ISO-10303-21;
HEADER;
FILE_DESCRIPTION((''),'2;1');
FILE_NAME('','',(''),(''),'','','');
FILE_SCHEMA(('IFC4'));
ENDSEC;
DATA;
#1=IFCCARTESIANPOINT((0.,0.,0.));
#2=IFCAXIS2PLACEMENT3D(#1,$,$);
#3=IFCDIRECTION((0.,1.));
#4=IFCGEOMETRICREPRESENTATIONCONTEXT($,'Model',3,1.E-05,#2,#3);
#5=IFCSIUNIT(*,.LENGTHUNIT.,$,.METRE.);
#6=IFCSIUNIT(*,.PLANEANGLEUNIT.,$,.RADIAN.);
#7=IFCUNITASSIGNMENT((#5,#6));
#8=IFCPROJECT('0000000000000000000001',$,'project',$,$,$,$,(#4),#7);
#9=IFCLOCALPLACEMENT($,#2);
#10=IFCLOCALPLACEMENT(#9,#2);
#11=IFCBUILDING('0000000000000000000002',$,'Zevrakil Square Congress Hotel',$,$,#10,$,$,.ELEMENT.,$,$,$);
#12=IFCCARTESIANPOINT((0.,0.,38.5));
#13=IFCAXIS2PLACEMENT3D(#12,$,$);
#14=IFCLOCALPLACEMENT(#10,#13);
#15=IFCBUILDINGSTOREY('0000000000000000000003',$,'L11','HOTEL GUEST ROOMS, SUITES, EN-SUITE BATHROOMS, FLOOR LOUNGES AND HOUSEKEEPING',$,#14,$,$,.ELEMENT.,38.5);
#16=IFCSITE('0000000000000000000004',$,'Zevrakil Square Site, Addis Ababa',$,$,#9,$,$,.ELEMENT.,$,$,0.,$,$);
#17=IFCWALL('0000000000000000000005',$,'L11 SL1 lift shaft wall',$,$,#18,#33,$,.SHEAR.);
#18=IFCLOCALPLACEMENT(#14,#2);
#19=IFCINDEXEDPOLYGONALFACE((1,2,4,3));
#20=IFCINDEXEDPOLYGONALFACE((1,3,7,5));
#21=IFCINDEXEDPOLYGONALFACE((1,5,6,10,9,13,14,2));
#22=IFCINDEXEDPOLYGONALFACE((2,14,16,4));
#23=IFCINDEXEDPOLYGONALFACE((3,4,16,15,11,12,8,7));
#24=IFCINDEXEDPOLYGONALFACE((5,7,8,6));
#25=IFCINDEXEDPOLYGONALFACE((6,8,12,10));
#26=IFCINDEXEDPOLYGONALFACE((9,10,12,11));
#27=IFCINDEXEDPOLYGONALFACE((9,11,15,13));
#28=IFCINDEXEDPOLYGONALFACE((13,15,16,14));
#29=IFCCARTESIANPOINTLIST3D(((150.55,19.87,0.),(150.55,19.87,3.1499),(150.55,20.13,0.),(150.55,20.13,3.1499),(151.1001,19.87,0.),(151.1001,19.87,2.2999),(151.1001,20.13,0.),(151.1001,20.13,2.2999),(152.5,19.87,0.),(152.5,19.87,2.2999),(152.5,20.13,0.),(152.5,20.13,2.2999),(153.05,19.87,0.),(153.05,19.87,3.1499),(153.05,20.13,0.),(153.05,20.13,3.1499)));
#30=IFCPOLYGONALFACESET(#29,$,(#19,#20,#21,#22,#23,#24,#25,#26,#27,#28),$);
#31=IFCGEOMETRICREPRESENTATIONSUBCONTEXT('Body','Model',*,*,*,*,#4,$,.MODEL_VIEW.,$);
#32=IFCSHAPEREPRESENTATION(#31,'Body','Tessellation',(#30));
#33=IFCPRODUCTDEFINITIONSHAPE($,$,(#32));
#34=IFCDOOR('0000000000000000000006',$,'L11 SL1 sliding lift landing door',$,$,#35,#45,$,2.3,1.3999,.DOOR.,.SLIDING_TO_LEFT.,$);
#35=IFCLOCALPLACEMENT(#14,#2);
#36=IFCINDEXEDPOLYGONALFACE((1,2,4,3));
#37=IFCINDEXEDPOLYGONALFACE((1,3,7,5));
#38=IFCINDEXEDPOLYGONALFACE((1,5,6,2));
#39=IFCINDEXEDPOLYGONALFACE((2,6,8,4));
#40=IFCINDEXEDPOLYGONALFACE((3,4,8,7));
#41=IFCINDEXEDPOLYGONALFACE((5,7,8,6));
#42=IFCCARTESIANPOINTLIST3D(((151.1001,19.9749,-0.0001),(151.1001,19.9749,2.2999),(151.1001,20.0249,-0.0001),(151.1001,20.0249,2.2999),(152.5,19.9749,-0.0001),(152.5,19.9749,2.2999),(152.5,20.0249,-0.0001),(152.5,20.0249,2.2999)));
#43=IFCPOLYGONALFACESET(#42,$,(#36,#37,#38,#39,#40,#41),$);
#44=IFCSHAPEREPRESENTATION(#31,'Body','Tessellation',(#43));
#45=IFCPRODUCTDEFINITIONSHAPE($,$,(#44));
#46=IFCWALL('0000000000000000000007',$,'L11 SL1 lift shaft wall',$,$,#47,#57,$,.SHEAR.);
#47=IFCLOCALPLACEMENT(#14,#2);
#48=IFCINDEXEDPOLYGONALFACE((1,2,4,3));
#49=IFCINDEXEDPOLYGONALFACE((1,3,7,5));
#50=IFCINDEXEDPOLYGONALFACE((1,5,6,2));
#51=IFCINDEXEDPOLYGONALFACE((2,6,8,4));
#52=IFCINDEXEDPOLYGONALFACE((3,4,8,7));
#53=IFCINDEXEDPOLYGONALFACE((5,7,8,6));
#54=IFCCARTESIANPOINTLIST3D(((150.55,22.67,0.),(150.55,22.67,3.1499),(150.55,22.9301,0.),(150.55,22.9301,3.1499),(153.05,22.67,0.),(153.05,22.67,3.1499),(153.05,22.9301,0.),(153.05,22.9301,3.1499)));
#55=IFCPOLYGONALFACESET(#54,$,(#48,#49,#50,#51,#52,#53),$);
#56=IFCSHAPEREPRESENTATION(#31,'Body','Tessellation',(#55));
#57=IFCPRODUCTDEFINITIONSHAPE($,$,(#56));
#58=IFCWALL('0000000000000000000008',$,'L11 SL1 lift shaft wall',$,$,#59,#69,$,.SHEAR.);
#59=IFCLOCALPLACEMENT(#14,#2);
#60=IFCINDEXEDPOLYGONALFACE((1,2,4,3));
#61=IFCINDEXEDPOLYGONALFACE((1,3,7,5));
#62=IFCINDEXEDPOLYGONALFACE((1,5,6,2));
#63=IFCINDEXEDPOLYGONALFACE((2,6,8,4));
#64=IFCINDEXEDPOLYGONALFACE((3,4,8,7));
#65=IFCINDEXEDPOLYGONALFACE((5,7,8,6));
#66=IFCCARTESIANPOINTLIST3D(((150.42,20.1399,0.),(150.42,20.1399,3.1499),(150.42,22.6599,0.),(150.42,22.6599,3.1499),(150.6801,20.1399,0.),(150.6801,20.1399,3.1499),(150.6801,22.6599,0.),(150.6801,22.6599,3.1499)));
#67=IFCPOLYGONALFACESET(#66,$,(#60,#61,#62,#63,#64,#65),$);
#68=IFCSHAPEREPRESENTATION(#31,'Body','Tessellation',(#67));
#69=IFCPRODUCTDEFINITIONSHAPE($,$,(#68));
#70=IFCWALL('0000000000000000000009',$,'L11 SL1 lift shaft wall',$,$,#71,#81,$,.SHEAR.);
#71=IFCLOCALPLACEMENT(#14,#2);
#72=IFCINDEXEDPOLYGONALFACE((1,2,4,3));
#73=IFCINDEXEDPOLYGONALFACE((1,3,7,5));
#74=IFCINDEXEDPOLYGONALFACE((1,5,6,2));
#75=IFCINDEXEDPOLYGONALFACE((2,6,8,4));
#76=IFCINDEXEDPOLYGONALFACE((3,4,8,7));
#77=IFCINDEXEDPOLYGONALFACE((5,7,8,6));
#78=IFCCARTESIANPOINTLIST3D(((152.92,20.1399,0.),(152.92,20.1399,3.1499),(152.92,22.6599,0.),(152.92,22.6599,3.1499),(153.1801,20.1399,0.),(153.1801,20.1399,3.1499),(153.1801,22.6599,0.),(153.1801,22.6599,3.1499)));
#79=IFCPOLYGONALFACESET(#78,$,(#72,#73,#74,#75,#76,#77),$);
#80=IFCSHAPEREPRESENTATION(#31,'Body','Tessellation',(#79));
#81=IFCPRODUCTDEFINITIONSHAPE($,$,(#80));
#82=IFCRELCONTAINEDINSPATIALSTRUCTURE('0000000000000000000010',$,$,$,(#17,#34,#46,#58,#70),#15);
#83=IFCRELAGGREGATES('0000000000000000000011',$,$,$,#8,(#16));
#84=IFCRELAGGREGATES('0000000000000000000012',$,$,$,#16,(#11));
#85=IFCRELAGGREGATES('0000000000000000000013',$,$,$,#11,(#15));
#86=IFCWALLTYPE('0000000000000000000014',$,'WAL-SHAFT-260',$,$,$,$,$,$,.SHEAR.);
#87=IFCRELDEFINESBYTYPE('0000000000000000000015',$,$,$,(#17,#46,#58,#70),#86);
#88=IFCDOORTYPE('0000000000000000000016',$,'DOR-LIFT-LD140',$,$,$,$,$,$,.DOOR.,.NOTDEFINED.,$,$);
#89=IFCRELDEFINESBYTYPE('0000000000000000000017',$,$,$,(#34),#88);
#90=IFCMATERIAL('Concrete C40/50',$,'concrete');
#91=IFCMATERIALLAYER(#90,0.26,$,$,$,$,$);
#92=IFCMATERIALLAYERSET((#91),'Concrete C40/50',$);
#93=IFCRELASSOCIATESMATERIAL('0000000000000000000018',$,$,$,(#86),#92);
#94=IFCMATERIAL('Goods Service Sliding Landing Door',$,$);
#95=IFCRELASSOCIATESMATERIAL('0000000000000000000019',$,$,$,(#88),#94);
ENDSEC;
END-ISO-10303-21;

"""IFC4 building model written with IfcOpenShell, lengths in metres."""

from ifc_helpers import new_model, si_unit, direction, frame, frame_2d, origin, place, context, subcontext, project, spatial, rectangle, extrude, material, layer, layer_set, type_object, element, fill, save


model = new_model("IFC4")

# Units and contexts
model_context = context("Model", 3, precision=1e-05, world=origin(), true_north=direction((0.0, 1.0)))
body_context = subcontext(model_context, "Body", "Model", "MODEL_VIEW")
ifc_project = project(units=[si_unit("LENGTHUNIT", "METRE"), si_unit("PLANEANGLEUNIT", "RADIAN")], contexts=[model_context])

# Site, building, storey
site_placement = place(None, origin())
site = spatial("IfcSite", under=ifc_project, at=site_placement, Name="Zevrakil Square Site, Addis Ababa", CompositionType="ELEMENT", RefElevation=0.0)
building_placement = place(site_placement, origin())
building = spatial("IfcBuilding", under=site, at=building_placement, Name="Zevrakil Square Congress Hotel", CompositionType="ELEMENT")
storey_placement = place(building_placement, frame((0.0, 0.0, 38.5)))
storey = spatial("IfcBuildingStorey", under=building, at=storey_placement, Name="L11", Description="HOTEL GUEST ROOMS, SUITES, EN-SUITE BATHROOMS, FLOOR LOUNGES AND HOUSEKEEPING", CompositionType="ELEMENT", Elevation=38.5)

# Shared definitions
ifc_material_1 = material(Name="Concrete C40/50", Category="concrete")
ifc_layer_1 = layer(ifc_material_1, 0.26)
ifc_layer_set_1 = layer_set([ifc_layer_1], Name="Concrete C40/50")
wall_type_1 = type_object("IfcWallType", Name="WAL-SHAFT-260", PredefinedType="SHEAR", material=ifc_layer_set_1)

# Wall, opening, door
wall_1_placement = place(storey_placement, frame((150.55, 20.0, 0.0), z_axis=(0.0, 0.0, 1.0), x_axis=(1.0, 0.0, 0.0)))
wall_1 = element("IfcWall", 1, at=wall_1_placement, inside=storey, type_object=wall_type_1, Name="L11 SL1 lift shaft wall", PredefinedType="SHEAR", context=body_context, shape_type="SweptSolid", body=[
    extrude(rectangle(XDim=2.5, YDim=0.26, at=frame_2d((1.25, 0.0))), origin(), (0.0, 0.0, 1.0), 3.1499),
])
opening_1_placement = place(wall_1_placement, frame((0.55, 0.0, 0.0)))
opening_1 = element("IfcOpeningElement", 2, at=opening_1_placement, cuts=wall_1, PredefinedType="OPENING", context=body_context, shape_type="SweptSolid", body=[
    extrude(rectangle(XDim=1.3999, YDim=2.3, at=frame_2d((0.7, 1.1499))), frame((0.0, 0.1401, 0.0), z_axis=(0.0, -1.0, 0.0), x_axis=(1.0, 0.0, 0.0)), (0.0, 0.0, 1.0), 0.28),
])
ifc_material_2 = material(Name="Goods Service Sliding Landing Door")
door_type_1 = type_object("IfcDoorType", Name="DOR-LIFT-LD140", OperationType="NOTDEFINED", PredefinedType="DOOR", material=ifc_material_2)
door_1_placement = place(opening_1_placement, origin())
door_1 = element("IfcDoor", 3, at=door_1_placement, inside=storey, type_object=door_type_1, Name="L11 SL1 sliding lift landing door", OperationType="SLIDING_TO_LEFT", OverallHeight=2.3, OverallWidth=1.3999, PredefinedType="DOOR", context=body_context, shape_type="SweptSolid", body=[
    extrude(rectangle(XDim=1.3999, YDim=2.3, at=frame_2d((0.7, 1.1499))), frame((0.0, 0.0249, 0.0), z_axis=(0.0, -1.0, 0.0), x_axis=(1.0, 0.0, 0.0)), (0.0, 0.0, 1.0), 0.05),
])
fill(opening_1, door_1)

# Walls
wall_2_placement = place(storey_placement, frame((150.55, 22.8, 0.0), z_axis=(0.0, 0.0, 1.0), x_axis=(1.0, 0.0, 0.0)))
element("IfcWall", 4, at=wall_2_placement, inside=storey, type_object=wall_type_1, Name="L11 SL1 lift shaft wall", PredefinedType="SHEAR", context=body_context, shape_type="SweptSolid", body=[
    extrude(rectangle(XDim=2.5, YDim=0.26, at=frame_2d((1.25, 0.0))), origin(), (0.0, 0.0, 1.0), 3.1499),
])
for number, where, z_axis, x_axis, name in (
    (5, (150.55, 20.1399, 0.0), (0.0, 0.0, 1.0), (0.0, 1.0, 0.0), "L11 SL1 lift shaft wall"),
    (6, (153.05, 20.1399, 0.0), (0.0, 0.0, 1.0), (0.0, 1.0, 0.0), "L11 SL1 lift shaft wall"),
):
    element("IfcWall", number, at=place(storey_placement, frame(where, z_axis=z_axis, x_axis=x_axis)), inside=storey, type_object=wall_type_1, Name=name, PredefinedType="SHEAR", context=body_context, shape_type="SweptSolid", body=[
        extrude(rectangle(XDim=2.52, YDim=0.26, at=frame_2d((1.26, 0.0))), origin(), (0.0, 0.0, 1.0), 3.1499),
    ])

save(model, "model.ifc")
